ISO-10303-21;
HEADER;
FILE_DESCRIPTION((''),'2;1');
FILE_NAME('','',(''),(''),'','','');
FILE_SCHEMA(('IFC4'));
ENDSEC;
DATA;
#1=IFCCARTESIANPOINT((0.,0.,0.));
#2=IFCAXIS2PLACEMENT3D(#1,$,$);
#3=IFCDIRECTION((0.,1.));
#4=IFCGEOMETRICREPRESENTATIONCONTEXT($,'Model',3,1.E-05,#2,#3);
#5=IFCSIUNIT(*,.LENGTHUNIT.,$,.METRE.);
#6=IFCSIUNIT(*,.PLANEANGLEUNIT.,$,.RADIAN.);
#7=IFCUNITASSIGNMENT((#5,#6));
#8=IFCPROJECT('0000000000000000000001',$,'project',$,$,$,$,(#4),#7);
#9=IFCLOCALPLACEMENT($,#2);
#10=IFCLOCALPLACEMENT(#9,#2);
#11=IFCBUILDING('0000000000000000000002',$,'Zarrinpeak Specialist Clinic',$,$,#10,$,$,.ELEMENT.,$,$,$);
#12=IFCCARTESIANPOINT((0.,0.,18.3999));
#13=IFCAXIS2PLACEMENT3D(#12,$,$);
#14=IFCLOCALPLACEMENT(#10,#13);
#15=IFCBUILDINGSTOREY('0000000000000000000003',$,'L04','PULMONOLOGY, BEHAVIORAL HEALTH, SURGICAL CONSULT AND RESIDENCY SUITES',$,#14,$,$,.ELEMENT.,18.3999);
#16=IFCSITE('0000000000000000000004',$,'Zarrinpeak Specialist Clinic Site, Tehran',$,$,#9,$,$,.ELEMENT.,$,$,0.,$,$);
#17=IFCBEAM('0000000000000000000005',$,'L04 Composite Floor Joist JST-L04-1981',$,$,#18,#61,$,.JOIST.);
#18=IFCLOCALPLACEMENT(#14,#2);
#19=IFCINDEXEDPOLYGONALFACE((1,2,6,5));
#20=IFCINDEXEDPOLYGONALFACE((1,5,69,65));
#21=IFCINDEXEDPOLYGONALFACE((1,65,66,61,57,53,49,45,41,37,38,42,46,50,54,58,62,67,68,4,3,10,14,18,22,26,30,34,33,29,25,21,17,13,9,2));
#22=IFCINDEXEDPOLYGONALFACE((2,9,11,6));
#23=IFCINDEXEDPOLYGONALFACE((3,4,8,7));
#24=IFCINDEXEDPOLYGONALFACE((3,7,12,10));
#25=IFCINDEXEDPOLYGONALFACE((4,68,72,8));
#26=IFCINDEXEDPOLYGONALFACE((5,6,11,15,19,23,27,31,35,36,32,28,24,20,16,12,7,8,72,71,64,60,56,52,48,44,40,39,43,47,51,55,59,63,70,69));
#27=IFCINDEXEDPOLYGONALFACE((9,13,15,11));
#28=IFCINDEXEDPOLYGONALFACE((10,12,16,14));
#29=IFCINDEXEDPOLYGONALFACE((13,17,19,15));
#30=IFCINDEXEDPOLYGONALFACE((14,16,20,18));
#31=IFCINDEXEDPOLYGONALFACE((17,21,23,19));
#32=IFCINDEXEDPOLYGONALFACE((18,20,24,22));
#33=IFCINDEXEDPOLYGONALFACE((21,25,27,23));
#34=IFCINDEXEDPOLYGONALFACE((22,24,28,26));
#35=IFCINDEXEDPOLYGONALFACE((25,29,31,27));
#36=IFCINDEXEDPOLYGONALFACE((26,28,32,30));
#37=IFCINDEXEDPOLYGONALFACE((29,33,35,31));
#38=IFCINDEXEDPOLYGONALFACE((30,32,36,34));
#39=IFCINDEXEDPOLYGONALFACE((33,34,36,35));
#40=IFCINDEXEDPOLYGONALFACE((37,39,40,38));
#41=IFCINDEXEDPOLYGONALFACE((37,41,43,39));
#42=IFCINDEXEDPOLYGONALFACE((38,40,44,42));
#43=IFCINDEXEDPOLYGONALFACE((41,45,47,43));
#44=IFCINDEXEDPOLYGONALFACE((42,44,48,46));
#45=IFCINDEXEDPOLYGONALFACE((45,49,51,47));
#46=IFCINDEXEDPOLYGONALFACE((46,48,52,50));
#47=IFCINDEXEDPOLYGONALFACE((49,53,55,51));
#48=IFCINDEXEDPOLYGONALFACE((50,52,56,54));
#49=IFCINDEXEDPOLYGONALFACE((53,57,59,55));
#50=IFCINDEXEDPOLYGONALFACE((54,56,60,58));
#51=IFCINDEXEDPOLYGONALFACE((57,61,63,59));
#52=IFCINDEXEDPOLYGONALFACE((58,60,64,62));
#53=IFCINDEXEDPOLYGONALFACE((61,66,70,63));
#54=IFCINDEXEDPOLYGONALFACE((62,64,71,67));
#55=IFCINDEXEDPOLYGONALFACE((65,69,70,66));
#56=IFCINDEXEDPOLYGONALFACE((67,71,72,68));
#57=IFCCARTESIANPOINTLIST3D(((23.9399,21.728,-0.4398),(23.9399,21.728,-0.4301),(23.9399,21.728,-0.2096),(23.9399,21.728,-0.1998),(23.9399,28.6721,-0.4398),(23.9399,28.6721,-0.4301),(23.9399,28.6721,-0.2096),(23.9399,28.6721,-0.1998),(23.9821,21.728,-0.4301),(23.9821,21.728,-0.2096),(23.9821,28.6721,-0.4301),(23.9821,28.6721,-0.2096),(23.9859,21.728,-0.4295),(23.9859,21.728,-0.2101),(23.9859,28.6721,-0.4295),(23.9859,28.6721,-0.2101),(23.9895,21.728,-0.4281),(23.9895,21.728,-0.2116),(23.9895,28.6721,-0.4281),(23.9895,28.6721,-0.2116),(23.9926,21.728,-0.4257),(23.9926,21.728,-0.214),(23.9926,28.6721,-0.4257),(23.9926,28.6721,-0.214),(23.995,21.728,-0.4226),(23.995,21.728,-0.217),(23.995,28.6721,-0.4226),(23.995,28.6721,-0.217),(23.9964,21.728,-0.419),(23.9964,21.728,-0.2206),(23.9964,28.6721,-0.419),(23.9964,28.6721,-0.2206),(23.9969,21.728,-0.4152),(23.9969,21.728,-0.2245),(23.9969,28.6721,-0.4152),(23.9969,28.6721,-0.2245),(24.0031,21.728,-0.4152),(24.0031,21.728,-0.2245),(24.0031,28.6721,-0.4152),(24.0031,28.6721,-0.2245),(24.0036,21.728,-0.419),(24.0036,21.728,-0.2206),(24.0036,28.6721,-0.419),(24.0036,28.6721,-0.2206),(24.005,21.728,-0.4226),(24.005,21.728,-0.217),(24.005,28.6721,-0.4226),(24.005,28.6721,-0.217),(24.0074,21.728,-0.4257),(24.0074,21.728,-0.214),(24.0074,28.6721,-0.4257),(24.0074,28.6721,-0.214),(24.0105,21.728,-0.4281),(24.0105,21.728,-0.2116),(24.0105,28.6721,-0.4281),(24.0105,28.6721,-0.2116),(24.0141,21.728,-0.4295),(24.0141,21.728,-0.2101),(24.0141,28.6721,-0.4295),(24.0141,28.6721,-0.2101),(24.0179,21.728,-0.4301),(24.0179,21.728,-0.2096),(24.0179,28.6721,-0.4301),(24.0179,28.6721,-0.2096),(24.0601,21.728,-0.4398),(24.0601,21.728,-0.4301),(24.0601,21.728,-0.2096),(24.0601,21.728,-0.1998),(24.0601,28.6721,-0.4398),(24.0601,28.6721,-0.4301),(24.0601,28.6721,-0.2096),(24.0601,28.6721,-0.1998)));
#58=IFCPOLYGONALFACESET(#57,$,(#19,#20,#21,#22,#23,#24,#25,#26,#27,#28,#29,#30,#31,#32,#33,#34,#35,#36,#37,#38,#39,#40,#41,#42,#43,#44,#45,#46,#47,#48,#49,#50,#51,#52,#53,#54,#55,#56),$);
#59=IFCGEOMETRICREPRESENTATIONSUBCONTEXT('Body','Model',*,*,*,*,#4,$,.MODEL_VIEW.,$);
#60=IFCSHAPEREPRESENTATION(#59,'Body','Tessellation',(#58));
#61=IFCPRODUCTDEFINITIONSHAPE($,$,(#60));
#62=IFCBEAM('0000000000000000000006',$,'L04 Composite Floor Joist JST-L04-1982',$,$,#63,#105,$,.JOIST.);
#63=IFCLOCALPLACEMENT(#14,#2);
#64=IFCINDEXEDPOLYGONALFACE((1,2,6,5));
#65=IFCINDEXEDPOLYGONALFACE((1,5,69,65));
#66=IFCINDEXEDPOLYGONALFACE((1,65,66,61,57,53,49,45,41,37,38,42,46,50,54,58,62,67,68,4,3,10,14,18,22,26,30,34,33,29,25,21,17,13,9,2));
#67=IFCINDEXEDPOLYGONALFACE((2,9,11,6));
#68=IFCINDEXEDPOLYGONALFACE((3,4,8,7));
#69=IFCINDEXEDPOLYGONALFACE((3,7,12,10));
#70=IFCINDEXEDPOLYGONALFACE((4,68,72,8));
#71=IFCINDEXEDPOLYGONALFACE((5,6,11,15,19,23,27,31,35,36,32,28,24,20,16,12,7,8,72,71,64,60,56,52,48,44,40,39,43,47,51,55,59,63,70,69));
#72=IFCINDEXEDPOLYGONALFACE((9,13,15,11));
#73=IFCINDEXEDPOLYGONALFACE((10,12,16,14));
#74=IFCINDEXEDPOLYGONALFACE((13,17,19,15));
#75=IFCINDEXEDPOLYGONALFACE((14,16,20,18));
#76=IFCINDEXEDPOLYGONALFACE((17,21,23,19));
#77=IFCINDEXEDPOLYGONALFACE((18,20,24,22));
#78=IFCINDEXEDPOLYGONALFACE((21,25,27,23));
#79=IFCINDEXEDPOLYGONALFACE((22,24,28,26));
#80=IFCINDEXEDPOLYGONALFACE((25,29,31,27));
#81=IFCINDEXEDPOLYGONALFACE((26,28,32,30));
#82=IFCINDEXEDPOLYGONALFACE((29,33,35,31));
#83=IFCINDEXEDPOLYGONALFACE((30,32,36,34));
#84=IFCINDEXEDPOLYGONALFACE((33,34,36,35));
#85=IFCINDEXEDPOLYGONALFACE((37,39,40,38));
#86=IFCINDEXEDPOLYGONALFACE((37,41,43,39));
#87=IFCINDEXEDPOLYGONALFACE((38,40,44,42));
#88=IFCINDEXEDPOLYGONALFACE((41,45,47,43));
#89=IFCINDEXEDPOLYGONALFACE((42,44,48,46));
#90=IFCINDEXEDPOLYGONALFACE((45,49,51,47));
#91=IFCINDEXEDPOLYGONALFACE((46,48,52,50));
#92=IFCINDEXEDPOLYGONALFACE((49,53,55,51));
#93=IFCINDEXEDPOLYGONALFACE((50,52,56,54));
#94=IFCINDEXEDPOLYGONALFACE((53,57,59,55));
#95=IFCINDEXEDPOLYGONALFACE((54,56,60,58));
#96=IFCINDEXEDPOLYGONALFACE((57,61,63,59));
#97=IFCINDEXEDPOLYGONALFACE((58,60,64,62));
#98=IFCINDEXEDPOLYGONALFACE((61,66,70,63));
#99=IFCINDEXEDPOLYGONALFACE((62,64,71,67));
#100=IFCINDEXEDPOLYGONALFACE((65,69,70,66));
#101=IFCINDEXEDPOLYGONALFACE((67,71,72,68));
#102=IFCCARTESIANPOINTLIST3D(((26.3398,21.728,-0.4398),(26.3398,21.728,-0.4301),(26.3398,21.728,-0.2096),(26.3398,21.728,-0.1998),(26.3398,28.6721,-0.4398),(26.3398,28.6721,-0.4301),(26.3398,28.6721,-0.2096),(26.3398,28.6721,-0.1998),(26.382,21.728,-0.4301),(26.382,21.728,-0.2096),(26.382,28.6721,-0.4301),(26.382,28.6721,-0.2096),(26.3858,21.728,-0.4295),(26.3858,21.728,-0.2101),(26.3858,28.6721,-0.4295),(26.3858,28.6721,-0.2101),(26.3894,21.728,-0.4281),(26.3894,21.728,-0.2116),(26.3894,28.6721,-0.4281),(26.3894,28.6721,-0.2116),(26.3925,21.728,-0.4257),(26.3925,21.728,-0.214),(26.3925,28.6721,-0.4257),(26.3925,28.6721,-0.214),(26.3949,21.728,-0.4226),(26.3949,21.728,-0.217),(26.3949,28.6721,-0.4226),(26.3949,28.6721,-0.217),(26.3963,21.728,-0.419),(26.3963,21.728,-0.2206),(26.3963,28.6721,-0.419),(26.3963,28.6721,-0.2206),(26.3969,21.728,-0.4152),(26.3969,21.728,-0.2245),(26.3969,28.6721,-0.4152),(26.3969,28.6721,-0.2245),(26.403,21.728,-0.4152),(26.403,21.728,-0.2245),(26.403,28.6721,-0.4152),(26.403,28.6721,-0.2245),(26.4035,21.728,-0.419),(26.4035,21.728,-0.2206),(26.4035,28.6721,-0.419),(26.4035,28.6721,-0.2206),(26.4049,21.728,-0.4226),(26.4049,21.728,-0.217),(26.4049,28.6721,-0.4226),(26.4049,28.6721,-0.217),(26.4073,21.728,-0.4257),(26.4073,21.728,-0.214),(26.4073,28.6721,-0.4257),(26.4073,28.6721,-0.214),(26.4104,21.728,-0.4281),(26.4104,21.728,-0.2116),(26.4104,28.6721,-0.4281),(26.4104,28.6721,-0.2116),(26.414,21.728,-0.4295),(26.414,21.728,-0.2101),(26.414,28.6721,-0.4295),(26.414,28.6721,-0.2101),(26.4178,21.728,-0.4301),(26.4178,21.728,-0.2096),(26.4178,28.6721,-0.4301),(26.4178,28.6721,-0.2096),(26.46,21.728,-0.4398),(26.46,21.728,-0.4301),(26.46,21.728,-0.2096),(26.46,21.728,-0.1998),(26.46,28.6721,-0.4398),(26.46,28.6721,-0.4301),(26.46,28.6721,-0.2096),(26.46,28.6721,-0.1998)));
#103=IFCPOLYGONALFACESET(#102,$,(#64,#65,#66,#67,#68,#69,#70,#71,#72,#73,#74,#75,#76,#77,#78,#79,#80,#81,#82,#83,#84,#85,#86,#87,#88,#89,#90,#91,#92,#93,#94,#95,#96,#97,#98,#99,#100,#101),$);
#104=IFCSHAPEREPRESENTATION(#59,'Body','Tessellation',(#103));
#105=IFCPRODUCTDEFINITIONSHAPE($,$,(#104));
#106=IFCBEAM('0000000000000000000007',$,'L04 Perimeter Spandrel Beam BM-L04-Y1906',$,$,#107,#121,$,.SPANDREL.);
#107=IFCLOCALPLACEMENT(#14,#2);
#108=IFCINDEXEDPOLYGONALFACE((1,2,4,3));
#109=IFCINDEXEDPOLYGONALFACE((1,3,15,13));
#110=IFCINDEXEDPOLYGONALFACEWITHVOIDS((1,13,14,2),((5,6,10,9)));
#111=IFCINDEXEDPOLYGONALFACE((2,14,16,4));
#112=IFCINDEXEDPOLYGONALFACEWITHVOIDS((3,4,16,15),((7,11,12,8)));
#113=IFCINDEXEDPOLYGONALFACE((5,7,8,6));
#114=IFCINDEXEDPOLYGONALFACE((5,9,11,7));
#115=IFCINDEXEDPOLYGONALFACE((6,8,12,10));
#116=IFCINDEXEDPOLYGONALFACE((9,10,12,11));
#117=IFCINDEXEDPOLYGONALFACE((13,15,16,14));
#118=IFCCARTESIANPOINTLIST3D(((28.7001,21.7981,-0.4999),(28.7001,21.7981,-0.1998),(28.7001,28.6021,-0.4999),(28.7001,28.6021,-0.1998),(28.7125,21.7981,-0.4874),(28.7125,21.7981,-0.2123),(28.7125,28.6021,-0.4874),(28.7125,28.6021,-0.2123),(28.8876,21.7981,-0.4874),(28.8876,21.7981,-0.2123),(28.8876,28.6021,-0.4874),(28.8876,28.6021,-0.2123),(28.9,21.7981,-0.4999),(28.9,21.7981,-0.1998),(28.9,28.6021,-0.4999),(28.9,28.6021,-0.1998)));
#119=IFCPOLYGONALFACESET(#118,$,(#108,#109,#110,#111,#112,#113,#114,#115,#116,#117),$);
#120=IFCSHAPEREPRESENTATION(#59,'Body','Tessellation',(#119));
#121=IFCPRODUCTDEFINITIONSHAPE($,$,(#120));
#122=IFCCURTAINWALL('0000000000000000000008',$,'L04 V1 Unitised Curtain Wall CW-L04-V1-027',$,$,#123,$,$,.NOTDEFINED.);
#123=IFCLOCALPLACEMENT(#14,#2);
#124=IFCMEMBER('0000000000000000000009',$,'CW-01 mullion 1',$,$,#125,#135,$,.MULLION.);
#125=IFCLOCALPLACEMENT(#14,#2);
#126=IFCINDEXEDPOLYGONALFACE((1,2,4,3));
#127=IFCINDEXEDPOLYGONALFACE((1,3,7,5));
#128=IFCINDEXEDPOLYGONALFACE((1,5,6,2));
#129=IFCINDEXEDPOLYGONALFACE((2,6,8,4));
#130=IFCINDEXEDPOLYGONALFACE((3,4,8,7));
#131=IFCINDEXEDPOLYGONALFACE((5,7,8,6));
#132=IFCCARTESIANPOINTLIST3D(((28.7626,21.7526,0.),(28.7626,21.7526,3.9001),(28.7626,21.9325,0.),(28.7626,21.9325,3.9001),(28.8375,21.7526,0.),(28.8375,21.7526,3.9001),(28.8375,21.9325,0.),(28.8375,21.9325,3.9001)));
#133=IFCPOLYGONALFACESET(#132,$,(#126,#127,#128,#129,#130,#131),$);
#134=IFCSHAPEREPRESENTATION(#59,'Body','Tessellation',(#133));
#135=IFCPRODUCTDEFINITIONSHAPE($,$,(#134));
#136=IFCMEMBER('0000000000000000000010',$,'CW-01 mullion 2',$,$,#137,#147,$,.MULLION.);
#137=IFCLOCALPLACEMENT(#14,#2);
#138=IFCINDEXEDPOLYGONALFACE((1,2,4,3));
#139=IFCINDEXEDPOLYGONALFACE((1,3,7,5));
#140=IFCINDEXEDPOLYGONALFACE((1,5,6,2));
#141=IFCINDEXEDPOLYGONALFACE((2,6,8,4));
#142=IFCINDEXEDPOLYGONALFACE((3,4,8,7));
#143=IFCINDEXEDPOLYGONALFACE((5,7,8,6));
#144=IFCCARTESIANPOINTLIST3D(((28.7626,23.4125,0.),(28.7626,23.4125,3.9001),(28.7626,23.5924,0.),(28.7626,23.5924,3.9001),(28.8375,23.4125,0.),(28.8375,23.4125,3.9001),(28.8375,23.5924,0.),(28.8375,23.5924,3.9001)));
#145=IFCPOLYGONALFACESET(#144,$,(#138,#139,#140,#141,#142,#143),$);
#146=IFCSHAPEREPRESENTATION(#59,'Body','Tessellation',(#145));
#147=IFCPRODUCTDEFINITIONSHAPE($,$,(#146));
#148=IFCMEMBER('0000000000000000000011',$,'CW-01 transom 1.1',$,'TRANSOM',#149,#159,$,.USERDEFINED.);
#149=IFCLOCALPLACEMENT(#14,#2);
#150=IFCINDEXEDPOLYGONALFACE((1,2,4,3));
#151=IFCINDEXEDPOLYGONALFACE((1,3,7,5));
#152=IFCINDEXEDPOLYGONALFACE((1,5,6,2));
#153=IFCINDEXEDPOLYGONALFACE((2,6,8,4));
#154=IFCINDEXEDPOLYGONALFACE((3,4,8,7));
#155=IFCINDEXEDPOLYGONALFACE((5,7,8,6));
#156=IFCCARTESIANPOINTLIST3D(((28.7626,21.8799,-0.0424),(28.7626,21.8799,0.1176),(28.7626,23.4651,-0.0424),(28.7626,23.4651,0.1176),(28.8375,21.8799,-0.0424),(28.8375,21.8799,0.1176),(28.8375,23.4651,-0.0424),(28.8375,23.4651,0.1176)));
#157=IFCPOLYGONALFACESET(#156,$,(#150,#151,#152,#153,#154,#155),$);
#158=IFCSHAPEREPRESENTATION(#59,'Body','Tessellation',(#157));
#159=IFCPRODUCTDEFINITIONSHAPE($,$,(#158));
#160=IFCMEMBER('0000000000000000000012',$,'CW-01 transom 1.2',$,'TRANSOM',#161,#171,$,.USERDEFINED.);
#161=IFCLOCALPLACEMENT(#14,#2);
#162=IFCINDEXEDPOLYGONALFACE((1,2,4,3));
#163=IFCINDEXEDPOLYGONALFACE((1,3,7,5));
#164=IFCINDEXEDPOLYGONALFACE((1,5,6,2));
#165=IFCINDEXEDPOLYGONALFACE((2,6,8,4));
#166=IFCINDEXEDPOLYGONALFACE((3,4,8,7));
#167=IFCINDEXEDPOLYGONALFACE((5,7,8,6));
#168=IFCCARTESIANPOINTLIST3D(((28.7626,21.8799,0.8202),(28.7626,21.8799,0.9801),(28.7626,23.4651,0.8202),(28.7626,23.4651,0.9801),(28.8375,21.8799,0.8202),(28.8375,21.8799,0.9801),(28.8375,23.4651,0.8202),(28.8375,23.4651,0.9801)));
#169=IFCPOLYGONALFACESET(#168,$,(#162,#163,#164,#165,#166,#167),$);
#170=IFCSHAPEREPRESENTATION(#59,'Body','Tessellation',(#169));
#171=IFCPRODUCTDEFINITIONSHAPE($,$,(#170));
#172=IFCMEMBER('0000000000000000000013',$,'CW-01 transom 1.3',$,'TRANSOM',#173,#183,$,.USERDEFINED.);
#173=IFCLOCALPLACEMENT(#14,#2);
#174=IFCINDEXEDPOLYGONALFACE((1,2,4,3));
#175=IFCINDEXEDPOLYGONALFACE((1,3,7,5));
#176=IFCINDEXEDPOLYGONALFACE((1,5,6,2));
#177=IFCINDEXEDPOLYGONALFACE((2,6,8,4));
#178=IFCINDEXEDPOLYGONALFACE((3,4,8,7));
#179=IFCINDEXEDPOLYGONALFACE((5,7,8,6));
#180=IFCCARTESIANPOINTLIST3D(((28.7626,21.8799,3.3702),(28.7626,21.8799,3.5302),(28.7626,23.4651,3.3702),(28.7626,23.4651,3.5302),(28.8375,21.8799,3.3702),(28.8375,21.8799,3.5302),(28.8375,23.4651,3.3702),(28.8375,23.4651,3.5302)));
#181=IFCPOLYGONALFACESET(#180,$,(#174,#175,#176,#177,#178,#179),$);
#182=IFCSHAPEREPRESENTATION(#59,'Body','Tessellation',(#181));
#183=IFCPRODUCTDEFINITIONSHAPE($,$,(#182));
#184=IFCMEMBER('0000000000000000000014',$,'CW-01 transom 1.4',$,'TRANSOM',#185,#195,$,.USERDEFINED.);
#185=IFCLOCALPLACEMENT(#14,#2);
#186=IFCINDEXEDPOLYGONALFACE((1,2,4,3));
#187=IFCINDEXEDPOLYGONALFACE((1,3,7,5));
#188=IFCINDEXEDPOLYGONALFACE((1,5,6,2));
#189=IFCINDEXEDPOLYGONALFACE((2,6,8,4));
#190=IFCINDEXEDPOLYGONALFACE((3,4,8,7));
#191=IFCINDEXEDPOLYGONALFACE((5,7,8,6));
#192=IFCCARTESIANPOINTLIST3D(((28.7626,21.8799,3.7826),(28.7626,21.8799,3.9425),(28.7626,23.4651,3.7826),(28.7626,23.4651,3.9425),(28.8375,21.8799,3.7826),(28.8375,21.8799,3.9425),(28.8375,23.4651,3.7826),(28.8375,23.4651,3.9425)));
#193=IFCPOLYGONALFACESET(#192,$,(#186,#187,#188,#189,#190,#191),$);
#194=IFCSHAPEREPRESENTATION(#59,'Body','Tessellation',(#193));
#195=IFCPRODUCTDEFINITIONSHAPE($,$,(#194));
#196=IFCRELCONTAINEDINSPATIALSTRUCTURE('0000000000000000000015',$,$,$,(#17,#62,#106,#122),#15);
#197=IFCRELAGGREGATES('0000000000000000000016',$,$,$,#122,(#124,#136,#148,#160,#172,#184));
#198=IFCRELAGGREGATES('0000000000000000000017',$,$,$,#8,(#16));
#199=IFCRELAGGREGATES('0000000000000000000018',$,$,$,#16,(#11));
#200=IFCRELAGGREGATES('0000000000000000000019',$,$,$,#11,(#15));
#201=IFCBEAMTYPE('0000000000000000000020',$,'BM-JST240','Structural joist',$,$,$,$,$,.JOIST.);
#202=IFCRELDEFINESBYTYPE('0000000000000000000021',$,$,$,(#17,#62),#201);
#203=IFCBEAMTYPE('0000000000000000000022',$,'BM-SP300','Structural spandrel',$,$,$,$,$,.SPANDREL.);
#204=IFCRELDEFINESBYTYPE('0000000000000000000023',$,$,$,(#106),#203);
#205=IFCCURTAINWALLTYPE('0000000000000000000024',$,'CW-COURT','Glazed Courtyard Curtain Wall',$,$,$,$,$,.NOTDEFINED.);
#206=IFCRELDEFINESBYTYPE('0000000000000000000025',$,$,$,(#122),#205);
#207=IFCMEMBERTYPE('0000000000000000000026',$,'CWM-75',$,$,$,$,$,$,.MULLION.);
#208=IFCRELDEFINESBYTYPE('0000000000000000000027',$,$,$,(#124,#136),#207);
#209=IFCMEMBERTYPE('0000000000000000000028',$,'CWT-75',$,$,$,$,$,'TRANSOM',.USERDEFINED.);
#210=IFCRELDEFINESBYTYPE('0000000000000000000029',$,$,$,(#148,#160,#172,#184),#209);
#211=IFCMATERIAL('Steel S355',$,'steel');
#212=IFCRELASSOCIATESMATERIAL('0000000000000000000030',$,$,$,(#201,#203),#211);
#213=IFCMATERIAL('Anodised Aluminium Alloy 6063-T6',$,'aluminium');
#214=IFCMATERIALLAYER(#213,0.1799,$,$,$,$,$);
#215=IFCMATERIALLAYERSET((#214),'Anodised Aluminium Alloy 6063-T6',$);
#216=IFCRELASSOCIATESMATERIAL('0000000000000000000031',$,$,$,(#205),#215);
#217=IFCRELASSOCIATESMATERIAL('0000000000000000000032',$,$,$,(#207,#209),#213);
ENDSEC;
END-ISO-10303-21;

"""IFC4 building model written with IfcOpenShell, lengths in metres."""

from ifc_helpers import new_model, si_unit, direction, frame, origin, origin_2d, place, context, subcontext, project, spatial, rectangle, hollow_rectangle, i_section, extrude, material, layer, layer_set, material_profile, profile_set, type_object, element, aggregate, save


model = new_model("IFC4")

# Units and contexts
model_context = context("Model", 3, precision=1e-05, world=origin(), true_north=direction((0.0, 1.0)))
body_context = subcontext(model_context, "Body", "Model", "MODEL_VIEW")
ifc_project = project(units=[si_unit("LENGTHUNIT", "METRE"), si_unit("PLANEANGLEUNIT", "RADIAN")], contexts=[model_context])

# Site, building, storey
site_placement = place(None, origin())
site = spatial("IfcSite", under=ifc_project, at=site_placement, Name="Zarrinpeak Specialist Clinic Site, Tehran", CompositionType="ELEMENT", RefElevation=0.0)
building_placement = place(site_placement, origin())
building = spatial("IfcBuilding", under=site, at=building_placement, Name="Zarrinpeak Specialist Clinic", CompositionType="ELEMENT")
storey_placement = place(building_placement, frame((0.0, 0.0, 18.3999)))
storey = spatial("IfcBuildingStorey", under=building, at=storey_placement, Name="L04", Description="PULMONOLOGY, BEHAVIORAL HEALTH, SURGICAL CONSULT AND RESIDENCY SUITES", CompositionType="ELEMENT", Elevation=18.3999)

# Shared definitions
ifc_material_1 = material(Name="Steel S355", Category="steel")

# Beams
ifc_material_profile_1 = material_profile(ifc_material_1, i_section(OverallWidth=0.1201, OverallDepth=0.24, WebThickness=0.0061, FlangeThickness=0.0098, FilletRadius=0.0149, at=origin_2d()), Name="IPE 240")
ifc_profile_set_1 = profile_set([ifc_material_profile_1], Name="Steel S355")
beam_type_1 = type_object("IfcBeamType", Name="BM-JST240", Description="Structural joist", PredefinedType="JOIST", material=ifc_profile_set_1)
for number, where, z_axis, x_axis, name in (
    (1, (24.0, 21.728, -0.3198), (0.0, 1.0, 0.0), (-1.0, 0.0, 0.0), "L04 Composite Floor Joist JST-L04-1981"),
    (2, (26.3999, 21.728, -0.3198), (0.0, 1.0, 0.0), (-1.0, 0.0, 0.0), "L04 Composite Floor Joist JST-L04-1982"),
):
    element("IfcBeam", number, at=place(storey_placement, frame(where, z_axis=z_axis, x_axis=x_axis)), inside=storey, type_object=beam_type_1, Name=name, PredefinedType="JOIST", context=body_context, shape_type="SweptSolid", body=[
        extrude(i_section(OverallWidth=0.1201, OverallDepth=0.24, WebThickness=0.0061, FlangeThickness=0.0098, FilletRadius=0.0149, at=origin_2d()), origin(), (0.0, 0.0, 1.0), 6.9441),
    ])
ifc_material_profile_2 = material_profile(ifc_material_1, hollow_rectangle(XDim=0.2, YDim=0.3, WallThickness=0.0125, at=origin_2d()), Name="RHS 300x200x12.5")
ifc_profile_set_2 = profile_set([ifc_material_profile_2], Name="Steel S355")
beam_type_2 = type_object("IfcBeamType", Name="BM-SP300", Description="Structural spandrel", PredefinedType="SPANDREL", material=ifc_profile_set_2)
beam_1_placement = place(storey_placement, frame((28.8, 21.7981, -0.3499), z_axis=(0.0, 1.0, 0.0), x_axis=(-1.0, 0.0, 0.0)))
element("IfcBeam", 3, at=beam_1_placement, inside=storey, type_object=beam_type_2, Name="L04 Perimeter Spandrel Beam BM-L04-Y1906", PredefinedType="SPANDREL", context=body_context, shape_type="SweptSolid", body=[
    extrude(hollow_rectangle(XDim=0.2, YDim=0.3, WallThickness=0.0125, at=origin_2d()), origin(), (0.0, 0.0, 1.0), 6.804),
])

# Curtain wall, members
ifc_material_2 = material(Name="Anodised Aluminium Alloy 6063-T6", Category="aluminium")
ifc_layer_1 = layer(ifc_material_2, 0.1799)
ifc_layer_set_1 = layer_set([ifc_layer_1], Name="Anodised Aluminium Alloy 6063-T6")
curtain_wall_type = type_object("IfcCurtainWallType", Name="CW-COURT", Description="Glazed Courtyard Curtain Wall", PredefinedType="NOTDEFINED", material=ifc_layer_set_1)
curtain_wall_placement = place(storey_placement, origin())
curtain_wall = element("IfcCurtainWall", 4, at=curtain_wall_placement, inside=storey, type_object=curtain_wall_type, Name="L04 V1 Unitised Curtain Wall CW-L04-V1-027", PredefinedType="NOTDEFINED")
ifc_material_profile_3 = material_profile(ifc_material_2, rectangle(XDim=0.075, YDim=0.1799, at=origin_2d()), Name="ALU 75x180")
ifc_profile_set_3 = profile_set([ifc_material_profile_3], Name="Anodised Aluminium Alloy 6063-T6")
member_type_1 = type_object("IfcMemberType", Name="CWM-75", PredefinedType="MULLION", material=ifc_profile_set_3)
member_1_placement = place(storey_placement, frame((28.8, 21.8425, 0.0), z_axis=(0.0, 0.0, 1.0), x_axis=(-1.0, 0.0, 0.0)))
member_1 = element("IfcMember", 5, at=member_1_placement, type_object=member_type_1, Name="CW-01 mullion 1", PredefinedType="MULLION", context=body_context, shape_type="SweptSolid", body=[
    extrude(rectangle(XDim=0.075, YDim=0.1799, at=origin_2d()), origin(), (0.0, 0.0, 1.0), 3.9001),
])
member_2_placement = place(storey_placement, frame((28.8, 23.5024, 0.0), z_axis=(0.0, 0.0, 1.0), x_axis=(-1.0, 0.0, 0.0)))
member_2 = element("IfcMember", 6, at=member_2_placement, type_object=member_type_1, Name="CW-01 mullion 2", PredefinedType="MULLION", context=body_context, shape_type="SweptSolid", body=[
    extrude(rectangle(XDim=0.075, YDim=0.1799, at=origin_2d()), origin(), (0.0, 0.0, 1.0), 3.9001),
])
ifc_material_profile_4 = material_profile(ifc_material_2, rectangle(XDim=0.075, YDim=0.1599, at=origin_2d()), Name="ALU 75x160")
ifc_profile_set_4 = profile_set([ifc_material_profile_4], Name="Anodised Aluminium Alloy 6063-T6")
member_type_2 = type_object("IfcMemberType", Name="CWT-75", ElementType="TRANSOM", PredefinedType="USERDEFINED", material=ifc_profile_set_4)
member_3_placement = place(storey_placement, frame((28.8, 21.8799, 0.0376), z_axis=(0.0, 1.0, 0.0), x_axis=(-1.0, 0.0, 0.0)))
member_3 = element("IfcMember", 7, at=member_3_placement, type_object=member_type_2, Name="CW-01 transom 1.1", ObjectType="TRANSOM", PredefinedType="USERDEFINED", context=body_context, shape_type="SweptSolid", body=[
    extrude(rectangle(XDim=0.075, YDim=0.1599, at=origin_2d()), origin(), (0.0, 0.0, 1.0), 1.5852),
])
member_4_placement = place(storey_placement, frame((28.8, 21.8799, 0.9001), z_axis=(0.0, 1.0, 0.0), x_axis=(-1.0, 0.0, 0.0)))
member_4 = element("IfcMember", 8, at=member_4_placement, type_object=member_type_2, Name="CW-01 transom 1.2", ObjectType="TRANSOM", PredefinedType="USERDEFINED", context=body_context, shape_type="SweptSolid", body=[
    extrude(rectangle(XDim=0.075, YDim=0.1599, at=origin_2d()), origin(), (0.0, 0.0, 1.0), 1.5852),
])
member_5_placement = place(storey_placement, frame((28.8, 21.8799, 3.4502), z_axis=(0.0, 1.0, 0.0), x_axis=(-1.0, 0.0, 0.0)))
member_5 = element("IfcMember", 9, at=member_5_placement, type_object=member_type_2, Name="CW-01 transom 1.3", ObjectType="TRANSOM", PredefinedType="USERDEFINED", context=body_context, shape_type="SweptSolid", body=[
    extrude(rectangle(XDim=0.075, YDim=0.1599, at=origin_2d()), origin(), (0.0, 0.0, 1.0), 1.5852),
])
member_6_placement = place(storey_placement, frame((28.8, 21.8799, 3.8625), z_axis=(0.0, 1.0, 0.0), x_axis=(-1.0, 0.0, 0.0)))
member_6 = element("IfcMember", 10, at=member_6_placement, type_object=member_type_2, Name="CW-01 transom 1.4", ObjectType="TRANSOM", PredefinedType="USERDEFINED", context=body_context, shape_type="SweptSolid", body=[
    extrude(rectangle(XDim=0.075, YDim=0.1599, at=origin_2d()), origin(), (0.0, 0.0, 1.0), 1.5852),
])
aggregate(curtain_wall, [member_1, member_2, member_3, member_4, member_5, member_6])

save(model, "model.ifc")
